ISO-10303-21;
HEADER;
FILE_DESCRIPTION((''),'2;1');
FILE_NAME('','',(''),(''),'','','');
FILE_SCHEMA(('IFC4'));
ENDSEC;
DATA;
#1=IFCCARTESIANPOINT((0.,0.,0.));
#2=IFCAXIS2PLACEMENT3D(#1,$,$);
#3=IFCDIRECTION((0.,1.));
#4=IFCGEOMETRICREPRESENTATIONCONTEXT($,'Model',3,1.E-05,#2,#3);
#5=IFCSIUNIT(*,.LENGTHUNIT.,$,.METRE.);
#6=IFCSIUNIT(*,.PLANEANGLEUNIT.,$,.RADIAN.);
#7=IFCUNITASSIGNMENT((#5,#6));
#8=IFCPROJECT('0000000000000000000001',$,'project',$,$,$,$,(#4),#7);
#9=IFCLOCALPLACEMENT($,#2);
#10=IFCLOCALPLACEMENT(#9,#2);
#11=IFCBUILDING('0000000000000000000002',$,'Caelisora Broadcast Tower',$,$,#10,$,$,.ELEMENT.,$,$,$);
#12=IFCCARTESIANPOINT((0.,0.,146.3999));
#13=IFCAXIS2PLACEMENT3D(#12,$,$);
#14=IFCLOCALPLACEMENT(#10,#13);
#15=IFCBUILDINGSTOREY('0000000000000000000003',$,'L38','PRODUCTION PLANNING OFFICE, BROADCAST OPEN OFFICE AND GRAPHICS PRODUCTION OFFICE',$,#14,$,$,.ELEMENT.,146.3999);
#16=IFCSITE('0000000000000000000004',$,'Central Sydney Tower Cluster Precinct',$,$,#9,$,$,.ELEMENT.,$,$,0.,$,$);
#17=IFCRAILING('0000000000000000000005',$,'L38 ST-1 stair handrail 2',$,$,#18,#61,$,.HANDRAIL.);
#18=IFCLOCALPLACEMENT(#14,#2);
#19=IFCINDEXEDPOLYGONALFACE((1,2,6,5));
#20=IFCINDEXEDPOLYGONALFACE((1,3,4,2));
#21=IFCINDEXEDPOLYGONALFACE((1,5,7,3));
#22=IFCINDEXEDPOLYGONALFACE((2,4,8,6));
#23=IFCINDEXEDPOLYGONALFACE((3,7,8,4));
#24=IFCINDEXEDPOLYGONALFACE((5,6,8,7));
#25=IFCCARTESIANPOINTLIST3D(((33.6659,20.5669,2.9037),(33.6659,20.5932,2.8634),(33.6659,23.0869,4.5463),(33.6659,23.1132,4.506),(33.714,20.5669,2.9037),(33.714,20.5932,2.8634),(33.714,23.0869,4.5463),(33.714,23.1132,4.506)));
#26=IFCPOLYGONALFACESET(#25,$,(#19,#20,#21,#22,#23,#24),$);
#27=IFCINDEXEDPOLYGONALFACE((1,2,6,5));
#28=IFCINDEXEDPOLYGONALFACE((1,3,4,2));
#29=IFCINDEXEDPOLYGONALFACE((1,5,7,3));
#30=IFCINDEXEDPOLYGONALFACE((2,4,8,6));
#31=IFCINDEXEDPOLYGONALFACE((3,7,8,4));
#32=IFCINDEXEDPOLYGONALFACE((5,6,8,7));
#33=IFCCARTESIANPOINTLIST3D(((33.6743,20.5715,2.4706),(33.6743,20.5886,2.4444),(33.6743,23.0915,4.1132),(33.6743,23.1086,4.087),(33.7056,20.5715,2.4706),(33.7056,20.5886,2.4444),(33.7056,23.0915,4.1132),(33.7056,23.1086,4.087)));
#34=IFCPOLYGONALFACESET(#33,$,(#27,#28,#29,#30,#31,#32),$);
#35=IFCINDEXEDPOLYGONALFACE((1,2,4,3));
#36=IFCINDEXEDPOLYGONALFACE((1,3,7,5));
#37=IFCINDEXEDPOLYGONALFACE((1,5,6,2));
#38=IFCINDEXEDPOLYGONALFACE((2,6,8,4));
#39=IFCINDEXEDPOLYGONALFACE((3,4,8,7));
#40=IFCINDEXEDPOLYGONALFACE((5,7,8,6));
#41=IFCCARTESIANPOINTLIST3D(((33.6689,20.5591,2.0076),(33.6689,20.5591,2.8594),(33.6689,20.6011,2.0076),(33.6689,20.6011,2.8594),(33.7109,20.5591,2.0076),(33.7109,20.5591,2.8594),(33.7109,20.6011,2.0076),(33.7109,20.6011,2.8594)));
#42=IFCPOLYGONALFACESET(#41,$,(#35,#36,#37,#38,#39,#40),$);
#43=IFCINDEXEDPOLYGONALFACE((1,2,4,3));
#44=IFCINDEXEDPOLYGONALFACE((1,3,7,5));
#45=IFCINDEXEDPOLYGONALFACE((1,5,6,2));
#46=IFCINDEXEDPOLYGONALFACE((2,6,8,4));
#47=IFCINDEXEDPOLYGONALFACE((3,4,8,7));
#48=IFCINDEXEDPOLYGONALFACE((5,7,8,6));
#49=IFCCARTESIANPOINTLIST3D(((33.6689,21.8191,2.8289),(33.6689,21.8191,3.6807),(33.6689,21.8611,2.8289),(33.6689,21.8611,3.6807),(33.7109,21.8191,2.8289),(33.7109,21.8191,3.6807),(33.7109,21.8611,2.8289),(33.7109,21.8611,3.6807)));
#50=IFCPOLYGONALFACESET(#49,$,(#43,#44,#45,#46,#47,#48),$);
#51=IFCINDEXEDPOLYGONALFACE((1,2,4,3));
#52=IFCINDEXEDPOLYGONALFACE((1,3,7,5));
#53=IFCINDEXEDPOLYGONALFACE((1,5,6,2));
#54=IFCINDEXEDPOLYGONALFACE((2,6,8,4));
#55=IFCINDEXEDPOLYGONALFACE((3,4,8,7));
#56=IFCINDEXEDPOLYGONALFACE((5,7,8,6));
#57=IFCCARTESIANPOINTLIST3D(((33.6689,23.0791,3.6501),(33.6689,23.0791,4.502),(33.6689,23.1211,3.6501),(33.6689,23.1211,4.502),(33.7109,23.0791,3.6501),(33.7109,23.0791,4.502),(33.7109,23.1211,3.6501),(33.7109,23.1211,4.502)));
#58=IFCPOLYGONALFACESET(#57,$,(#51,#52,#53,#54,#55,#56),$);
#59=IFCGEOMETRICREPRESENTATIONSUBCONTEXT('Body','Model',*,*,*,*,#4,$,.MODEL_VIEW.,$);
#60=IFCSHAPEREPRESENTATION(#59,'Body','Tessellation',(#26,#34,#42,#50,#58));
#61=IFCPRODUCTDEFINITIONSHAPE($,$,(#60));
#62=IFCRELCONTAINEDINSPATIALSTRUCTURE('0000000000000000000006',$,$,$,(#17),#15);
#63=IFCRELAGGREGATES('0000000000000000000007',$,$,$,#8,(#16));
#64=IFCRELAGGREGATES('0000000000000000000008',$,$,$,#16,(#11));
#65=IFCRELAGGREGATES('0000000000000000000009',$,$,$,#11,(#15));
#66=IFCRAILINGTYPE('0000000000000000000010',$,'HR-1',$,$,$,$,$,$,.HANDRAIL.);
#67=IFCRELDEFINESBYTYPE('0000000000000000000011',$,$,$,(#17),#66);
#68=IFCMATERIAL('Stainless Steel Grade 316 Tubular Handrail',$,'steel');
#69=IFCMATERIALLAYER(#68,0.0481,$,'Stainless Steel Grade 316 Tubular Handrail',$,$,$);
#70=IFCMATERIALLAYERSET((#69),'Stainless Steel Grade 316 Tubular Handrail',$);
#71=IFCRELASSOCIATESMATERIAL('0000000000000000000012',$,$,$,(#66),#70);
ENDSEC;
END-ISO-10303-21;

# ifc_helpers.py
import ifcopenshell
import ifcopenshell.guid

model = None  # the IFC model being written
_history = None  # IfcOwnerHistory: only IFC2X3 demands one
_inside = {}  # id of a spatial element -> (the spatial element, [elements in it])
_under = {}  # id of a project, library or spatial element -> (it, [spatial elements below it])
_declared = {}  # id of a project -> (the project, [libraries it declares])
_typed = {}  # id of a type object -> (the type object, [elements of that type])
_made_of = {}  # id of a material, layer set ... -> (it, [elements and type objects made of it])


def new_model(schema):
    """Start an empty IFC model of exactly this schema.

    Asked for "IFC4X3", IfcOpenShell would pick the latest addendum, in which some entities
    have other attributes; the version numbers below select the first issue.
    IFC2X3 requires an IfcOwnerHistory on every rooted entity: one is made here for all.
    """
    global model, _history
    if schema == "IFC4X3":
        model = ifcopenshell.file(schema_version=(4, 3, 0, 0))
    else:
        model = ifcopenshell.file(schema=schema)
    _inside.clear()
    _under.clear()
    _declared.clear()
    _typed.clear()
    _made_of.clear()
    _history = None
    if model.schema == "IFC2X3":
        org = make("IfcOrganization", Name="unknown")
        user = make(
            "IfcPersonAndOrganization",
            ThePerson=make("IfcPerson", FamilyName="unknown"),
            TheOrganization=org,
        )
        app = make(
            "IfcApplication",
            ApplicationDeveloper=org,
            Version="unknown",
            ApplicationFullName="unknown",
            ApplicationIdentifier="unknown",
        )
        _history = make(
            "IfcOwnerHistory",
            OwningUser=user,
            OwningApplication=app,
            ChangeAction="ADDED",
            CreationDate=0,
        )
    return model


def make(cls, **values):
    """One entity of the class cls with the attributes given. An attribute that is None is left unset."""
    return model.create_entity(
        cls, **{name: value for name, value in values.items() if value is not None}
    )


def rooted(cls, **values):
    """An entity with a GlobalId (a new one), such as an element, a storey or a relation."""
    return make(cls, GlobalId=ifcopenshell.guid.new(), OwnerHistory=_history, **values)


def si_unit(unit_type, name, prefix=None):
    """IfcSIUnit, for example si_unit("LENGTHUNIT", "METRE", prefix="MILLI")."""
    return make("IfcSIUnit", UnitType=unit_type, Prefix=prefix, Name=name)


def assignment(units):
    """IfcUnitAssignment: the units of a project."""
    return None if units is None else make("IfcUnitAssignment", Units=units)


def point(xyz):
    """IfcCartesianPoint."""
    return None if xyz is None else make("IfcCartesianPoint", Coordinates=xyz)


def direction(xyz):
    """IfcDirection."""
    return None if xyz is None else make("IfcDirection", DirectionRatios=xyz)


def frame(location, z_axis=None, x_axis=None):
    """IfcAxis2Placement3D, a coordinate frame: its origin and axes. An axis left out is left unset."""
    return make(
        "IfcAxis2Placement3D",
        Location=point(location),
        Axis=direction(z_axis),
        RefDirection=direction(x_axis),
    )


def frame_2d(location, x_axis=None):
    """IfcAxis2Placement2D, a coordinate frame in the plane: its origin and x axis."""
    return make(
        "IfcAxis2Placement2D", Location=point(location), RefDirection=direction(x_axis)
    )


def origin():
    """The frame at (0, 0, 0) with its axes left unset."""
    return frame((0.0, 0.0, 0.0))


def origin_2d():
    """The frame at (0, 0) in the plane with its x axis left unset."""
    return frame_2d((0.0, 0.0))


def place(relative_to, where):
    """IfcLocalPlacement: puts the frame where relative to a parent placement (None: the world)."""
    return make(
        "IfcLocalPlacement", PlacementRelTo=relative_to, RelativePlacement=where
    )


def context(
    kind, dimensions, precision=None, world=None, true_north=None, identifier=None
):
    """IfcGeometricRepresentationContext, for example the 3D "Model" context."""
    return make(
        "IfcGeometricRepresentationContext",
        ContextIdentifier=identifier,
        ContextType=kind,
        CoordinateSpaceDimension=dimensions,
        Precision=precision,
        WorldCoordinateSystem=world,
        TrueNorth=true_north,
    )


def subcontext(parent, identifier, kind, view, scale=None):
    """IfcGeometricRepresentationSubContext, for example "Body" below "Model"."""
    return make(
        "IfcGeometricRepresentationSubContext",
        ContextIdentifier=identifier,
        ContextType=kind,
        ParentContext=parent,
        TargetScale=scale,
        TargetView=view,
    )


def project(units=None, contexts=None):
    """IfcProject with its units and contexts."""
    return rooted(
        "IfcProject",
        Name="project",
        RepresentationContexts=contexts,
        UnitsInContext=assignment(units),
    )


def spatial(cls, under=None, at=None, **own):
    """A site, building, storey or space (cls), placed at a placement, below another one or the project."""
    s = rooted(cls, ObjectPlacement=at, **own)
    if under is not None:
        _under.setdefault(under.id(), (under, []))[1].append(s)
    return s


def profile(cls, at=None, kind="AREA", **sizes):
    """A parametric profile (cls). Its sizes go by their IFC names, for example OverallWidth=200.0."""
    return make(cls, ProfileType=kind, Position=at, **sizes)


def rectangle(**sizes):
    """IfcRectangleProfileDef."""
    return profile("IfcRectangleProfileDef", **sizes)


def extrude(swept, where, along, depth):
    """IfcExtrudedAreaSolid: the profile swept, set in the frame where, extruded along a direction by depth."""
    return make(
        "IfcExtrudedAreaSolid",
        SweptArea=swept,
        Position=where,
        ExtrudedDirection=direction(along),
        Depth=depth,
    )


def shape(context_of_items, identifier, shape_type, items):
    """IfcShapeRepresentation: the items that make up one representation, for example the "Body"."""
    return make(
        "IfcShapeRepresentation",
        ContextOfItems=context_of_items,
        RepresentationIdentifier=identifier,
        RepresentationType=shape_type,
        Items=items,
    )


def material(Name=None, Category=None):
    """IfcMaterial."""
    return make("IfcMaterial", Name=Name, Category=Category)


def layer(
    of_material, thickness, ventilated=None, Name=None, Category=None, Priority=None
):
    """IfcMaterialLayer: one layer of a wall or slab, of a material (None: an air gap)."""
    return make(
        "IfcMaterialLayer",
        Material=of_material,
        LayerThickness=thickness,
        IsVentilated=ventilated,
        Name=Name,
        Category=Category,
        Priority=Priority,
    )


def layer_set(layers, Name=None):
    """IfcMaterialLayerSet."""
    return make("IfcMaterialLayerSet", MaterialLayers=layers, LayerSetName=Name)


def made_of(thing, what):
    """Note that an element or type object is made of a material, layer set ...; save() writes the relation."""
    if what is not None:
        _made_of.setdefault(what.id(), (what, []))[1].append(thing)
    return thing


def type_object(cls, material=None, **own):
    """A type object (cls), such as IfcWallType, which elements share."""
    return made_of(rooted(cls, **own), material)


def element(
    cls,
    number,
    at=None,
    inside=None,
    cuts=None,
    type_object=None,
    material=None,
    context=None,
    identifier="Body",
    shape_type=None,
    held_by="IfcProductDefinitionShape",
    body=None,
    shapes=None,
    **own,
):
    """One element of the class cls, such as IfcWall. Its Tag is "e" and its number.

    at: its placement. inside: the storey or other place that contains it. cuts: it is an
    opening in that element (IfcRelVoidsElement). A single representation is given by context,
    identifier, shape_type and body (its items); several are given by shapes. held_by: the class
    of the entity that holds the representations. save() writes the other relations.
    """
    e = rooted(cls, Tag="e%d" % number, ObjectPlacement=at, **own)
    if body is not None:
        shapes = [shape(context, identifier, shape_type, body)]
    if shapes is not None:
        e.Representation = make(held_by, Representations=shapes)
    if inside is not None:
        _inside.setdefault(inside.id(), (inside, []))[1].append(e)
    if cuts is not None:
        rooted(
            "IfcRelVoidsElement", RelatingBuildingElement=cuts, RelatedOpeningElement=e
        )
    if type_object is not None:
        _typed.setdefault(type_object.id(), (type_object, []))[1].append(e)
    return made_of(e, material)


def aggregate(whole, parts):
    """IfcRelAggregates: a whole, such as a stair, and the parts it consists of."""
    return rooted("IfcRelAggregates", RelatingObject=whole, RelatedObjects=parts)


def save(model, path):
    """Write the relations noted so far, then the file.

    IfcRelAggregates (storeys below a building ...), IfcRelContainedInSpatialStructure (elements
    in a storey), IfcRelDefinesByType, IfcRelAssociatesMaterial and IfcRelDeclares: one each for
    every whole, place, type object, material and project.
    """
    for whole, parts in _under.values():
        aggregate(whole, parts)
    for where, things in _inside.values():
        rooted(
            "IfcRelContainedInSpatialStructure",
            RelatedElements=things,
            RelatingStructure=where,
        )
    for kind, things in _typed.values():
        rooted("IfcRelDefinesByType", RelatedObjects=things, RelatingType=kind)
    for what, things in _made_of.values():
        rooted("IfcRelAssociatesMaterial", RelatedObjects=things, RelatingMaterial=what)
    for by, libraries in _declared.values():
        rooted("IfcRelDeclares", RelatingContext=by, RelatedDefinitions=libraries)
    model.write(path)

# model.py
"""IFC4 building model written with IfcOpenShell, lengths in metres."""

from ifc_helpers import new_model, si_unit, direction, frame, origin, origin_2d, place, context, subcontext, project, spatial, rectangle, extrude, material, layer, layer_set, type_object, element, save


model = new_model("IFC4")

# Units and contexts
model_context = context("Model", 3, precision=1e-05, world=origin(), true_north=direction((0.0, 1.0)))
body_context = subcontext(model_context, "Body", "Model", "MODEL_VIEW")
ifc_project = project(units=[si_unit("LENGTHUNIT", "METRE"), si_unit("PLANEANGLEUNIT", "RADIAN")], contexts=[model_context])

# Site, building, storey
site_placement = place(None, origin())
site = spatial("IfcSite", under=ifc_project, at=site_placement, Name="Central Sydney Tower Cluster Precinct", CompositionType="ELEMENT", RefElevation=0.0)
building_placement = place(site_placement, origin())
building = spatial("IfcBuilding", under=site, at=building_placement, Name="Caelisora Broadcast Tower", CompositionType="ELEMENT")
storey_placement = place(building_placement, frame((0.0, 0.0, 146.3999)))
storey = spatial("IfcBuildingStorey", under=building, at=storey_placement, Name="L38", Description="PRODUCTION PLANNING OFFICE, BROADCAST OPEN OFFICE AND GRAPHICS PRODUCTION OFFICE", CompositionType="ELEMENT", Elevation=146.3999)

# Railing
ifc_material_1 = material(Name="Stainless Steel Grade 316 Tubular Handrail", Category="steel")
ifc_layer_1 = layer(ifc_material_1, 0.0481, Name="Stainless Steel Grade 316 Tubular Handrail")
ifc_layer_set_1 = layer_set([ifc_layer_1], Name="Stainless Steel Grade 316 Tubular Handrail")
railing_type_1 = type_object("IfcRailingType", Name="HR-1", PredefinedType="HANDRAIL", material=ifc_layer_set_1)
railing_1_placement = place(storey_placement, frame((33.6899, 20.5801, 2.0076)))
element("IfcRailing", 1, at=railing_1_placement, inside=storey, type_object=railing_type_1, Name="L38 ST-1 stair handrail 2", PredefinedType="HANDRAIL", context=body_context, shape_type="SweptSolid", body=[
    extrude(rectangle(XDim=0.0481, YDim=0.0481, at=origin_2d()), frame((0.0, 0.0, 0.876), z_axis=(0.0, 0.837749, 0.546055), x_axis=(-1.0, 0.0, 0.0)), (0.0, 0.0, 1.0), 3.0081),
    extrude(rectangle(XDim=0.0312, YDim=0.0312, at=origin_2d()), frame((0.0, 0.0, 0.45), z_axis=(0.0, 0.837749, 0.546055), x_axis=(-1.0, 0.0, 0.0)), (0.0, 0.0, 1.0), 3.0081),
    extrude(rectangle(XDim=0.042, YDim=0.042, at=origin_2d()), origin(), (0.0, 0.0, 1.0), 0.8518),
    extrude(rectangle(XDim=0.042, YDim=0.042, at=origin_2d()), frame((0.0, 1.26, 0.8213)), (0.0, 0.0, 1.0), 0.8518),
    extrude(rectangle(XDim=0.042, YDim=0.042, at=origin_2d()), frame((0.0, 2.52, 1.6426)), (0.0, 0.0, 1.0), 0.8518),
])

save(model, "model.ifc")
